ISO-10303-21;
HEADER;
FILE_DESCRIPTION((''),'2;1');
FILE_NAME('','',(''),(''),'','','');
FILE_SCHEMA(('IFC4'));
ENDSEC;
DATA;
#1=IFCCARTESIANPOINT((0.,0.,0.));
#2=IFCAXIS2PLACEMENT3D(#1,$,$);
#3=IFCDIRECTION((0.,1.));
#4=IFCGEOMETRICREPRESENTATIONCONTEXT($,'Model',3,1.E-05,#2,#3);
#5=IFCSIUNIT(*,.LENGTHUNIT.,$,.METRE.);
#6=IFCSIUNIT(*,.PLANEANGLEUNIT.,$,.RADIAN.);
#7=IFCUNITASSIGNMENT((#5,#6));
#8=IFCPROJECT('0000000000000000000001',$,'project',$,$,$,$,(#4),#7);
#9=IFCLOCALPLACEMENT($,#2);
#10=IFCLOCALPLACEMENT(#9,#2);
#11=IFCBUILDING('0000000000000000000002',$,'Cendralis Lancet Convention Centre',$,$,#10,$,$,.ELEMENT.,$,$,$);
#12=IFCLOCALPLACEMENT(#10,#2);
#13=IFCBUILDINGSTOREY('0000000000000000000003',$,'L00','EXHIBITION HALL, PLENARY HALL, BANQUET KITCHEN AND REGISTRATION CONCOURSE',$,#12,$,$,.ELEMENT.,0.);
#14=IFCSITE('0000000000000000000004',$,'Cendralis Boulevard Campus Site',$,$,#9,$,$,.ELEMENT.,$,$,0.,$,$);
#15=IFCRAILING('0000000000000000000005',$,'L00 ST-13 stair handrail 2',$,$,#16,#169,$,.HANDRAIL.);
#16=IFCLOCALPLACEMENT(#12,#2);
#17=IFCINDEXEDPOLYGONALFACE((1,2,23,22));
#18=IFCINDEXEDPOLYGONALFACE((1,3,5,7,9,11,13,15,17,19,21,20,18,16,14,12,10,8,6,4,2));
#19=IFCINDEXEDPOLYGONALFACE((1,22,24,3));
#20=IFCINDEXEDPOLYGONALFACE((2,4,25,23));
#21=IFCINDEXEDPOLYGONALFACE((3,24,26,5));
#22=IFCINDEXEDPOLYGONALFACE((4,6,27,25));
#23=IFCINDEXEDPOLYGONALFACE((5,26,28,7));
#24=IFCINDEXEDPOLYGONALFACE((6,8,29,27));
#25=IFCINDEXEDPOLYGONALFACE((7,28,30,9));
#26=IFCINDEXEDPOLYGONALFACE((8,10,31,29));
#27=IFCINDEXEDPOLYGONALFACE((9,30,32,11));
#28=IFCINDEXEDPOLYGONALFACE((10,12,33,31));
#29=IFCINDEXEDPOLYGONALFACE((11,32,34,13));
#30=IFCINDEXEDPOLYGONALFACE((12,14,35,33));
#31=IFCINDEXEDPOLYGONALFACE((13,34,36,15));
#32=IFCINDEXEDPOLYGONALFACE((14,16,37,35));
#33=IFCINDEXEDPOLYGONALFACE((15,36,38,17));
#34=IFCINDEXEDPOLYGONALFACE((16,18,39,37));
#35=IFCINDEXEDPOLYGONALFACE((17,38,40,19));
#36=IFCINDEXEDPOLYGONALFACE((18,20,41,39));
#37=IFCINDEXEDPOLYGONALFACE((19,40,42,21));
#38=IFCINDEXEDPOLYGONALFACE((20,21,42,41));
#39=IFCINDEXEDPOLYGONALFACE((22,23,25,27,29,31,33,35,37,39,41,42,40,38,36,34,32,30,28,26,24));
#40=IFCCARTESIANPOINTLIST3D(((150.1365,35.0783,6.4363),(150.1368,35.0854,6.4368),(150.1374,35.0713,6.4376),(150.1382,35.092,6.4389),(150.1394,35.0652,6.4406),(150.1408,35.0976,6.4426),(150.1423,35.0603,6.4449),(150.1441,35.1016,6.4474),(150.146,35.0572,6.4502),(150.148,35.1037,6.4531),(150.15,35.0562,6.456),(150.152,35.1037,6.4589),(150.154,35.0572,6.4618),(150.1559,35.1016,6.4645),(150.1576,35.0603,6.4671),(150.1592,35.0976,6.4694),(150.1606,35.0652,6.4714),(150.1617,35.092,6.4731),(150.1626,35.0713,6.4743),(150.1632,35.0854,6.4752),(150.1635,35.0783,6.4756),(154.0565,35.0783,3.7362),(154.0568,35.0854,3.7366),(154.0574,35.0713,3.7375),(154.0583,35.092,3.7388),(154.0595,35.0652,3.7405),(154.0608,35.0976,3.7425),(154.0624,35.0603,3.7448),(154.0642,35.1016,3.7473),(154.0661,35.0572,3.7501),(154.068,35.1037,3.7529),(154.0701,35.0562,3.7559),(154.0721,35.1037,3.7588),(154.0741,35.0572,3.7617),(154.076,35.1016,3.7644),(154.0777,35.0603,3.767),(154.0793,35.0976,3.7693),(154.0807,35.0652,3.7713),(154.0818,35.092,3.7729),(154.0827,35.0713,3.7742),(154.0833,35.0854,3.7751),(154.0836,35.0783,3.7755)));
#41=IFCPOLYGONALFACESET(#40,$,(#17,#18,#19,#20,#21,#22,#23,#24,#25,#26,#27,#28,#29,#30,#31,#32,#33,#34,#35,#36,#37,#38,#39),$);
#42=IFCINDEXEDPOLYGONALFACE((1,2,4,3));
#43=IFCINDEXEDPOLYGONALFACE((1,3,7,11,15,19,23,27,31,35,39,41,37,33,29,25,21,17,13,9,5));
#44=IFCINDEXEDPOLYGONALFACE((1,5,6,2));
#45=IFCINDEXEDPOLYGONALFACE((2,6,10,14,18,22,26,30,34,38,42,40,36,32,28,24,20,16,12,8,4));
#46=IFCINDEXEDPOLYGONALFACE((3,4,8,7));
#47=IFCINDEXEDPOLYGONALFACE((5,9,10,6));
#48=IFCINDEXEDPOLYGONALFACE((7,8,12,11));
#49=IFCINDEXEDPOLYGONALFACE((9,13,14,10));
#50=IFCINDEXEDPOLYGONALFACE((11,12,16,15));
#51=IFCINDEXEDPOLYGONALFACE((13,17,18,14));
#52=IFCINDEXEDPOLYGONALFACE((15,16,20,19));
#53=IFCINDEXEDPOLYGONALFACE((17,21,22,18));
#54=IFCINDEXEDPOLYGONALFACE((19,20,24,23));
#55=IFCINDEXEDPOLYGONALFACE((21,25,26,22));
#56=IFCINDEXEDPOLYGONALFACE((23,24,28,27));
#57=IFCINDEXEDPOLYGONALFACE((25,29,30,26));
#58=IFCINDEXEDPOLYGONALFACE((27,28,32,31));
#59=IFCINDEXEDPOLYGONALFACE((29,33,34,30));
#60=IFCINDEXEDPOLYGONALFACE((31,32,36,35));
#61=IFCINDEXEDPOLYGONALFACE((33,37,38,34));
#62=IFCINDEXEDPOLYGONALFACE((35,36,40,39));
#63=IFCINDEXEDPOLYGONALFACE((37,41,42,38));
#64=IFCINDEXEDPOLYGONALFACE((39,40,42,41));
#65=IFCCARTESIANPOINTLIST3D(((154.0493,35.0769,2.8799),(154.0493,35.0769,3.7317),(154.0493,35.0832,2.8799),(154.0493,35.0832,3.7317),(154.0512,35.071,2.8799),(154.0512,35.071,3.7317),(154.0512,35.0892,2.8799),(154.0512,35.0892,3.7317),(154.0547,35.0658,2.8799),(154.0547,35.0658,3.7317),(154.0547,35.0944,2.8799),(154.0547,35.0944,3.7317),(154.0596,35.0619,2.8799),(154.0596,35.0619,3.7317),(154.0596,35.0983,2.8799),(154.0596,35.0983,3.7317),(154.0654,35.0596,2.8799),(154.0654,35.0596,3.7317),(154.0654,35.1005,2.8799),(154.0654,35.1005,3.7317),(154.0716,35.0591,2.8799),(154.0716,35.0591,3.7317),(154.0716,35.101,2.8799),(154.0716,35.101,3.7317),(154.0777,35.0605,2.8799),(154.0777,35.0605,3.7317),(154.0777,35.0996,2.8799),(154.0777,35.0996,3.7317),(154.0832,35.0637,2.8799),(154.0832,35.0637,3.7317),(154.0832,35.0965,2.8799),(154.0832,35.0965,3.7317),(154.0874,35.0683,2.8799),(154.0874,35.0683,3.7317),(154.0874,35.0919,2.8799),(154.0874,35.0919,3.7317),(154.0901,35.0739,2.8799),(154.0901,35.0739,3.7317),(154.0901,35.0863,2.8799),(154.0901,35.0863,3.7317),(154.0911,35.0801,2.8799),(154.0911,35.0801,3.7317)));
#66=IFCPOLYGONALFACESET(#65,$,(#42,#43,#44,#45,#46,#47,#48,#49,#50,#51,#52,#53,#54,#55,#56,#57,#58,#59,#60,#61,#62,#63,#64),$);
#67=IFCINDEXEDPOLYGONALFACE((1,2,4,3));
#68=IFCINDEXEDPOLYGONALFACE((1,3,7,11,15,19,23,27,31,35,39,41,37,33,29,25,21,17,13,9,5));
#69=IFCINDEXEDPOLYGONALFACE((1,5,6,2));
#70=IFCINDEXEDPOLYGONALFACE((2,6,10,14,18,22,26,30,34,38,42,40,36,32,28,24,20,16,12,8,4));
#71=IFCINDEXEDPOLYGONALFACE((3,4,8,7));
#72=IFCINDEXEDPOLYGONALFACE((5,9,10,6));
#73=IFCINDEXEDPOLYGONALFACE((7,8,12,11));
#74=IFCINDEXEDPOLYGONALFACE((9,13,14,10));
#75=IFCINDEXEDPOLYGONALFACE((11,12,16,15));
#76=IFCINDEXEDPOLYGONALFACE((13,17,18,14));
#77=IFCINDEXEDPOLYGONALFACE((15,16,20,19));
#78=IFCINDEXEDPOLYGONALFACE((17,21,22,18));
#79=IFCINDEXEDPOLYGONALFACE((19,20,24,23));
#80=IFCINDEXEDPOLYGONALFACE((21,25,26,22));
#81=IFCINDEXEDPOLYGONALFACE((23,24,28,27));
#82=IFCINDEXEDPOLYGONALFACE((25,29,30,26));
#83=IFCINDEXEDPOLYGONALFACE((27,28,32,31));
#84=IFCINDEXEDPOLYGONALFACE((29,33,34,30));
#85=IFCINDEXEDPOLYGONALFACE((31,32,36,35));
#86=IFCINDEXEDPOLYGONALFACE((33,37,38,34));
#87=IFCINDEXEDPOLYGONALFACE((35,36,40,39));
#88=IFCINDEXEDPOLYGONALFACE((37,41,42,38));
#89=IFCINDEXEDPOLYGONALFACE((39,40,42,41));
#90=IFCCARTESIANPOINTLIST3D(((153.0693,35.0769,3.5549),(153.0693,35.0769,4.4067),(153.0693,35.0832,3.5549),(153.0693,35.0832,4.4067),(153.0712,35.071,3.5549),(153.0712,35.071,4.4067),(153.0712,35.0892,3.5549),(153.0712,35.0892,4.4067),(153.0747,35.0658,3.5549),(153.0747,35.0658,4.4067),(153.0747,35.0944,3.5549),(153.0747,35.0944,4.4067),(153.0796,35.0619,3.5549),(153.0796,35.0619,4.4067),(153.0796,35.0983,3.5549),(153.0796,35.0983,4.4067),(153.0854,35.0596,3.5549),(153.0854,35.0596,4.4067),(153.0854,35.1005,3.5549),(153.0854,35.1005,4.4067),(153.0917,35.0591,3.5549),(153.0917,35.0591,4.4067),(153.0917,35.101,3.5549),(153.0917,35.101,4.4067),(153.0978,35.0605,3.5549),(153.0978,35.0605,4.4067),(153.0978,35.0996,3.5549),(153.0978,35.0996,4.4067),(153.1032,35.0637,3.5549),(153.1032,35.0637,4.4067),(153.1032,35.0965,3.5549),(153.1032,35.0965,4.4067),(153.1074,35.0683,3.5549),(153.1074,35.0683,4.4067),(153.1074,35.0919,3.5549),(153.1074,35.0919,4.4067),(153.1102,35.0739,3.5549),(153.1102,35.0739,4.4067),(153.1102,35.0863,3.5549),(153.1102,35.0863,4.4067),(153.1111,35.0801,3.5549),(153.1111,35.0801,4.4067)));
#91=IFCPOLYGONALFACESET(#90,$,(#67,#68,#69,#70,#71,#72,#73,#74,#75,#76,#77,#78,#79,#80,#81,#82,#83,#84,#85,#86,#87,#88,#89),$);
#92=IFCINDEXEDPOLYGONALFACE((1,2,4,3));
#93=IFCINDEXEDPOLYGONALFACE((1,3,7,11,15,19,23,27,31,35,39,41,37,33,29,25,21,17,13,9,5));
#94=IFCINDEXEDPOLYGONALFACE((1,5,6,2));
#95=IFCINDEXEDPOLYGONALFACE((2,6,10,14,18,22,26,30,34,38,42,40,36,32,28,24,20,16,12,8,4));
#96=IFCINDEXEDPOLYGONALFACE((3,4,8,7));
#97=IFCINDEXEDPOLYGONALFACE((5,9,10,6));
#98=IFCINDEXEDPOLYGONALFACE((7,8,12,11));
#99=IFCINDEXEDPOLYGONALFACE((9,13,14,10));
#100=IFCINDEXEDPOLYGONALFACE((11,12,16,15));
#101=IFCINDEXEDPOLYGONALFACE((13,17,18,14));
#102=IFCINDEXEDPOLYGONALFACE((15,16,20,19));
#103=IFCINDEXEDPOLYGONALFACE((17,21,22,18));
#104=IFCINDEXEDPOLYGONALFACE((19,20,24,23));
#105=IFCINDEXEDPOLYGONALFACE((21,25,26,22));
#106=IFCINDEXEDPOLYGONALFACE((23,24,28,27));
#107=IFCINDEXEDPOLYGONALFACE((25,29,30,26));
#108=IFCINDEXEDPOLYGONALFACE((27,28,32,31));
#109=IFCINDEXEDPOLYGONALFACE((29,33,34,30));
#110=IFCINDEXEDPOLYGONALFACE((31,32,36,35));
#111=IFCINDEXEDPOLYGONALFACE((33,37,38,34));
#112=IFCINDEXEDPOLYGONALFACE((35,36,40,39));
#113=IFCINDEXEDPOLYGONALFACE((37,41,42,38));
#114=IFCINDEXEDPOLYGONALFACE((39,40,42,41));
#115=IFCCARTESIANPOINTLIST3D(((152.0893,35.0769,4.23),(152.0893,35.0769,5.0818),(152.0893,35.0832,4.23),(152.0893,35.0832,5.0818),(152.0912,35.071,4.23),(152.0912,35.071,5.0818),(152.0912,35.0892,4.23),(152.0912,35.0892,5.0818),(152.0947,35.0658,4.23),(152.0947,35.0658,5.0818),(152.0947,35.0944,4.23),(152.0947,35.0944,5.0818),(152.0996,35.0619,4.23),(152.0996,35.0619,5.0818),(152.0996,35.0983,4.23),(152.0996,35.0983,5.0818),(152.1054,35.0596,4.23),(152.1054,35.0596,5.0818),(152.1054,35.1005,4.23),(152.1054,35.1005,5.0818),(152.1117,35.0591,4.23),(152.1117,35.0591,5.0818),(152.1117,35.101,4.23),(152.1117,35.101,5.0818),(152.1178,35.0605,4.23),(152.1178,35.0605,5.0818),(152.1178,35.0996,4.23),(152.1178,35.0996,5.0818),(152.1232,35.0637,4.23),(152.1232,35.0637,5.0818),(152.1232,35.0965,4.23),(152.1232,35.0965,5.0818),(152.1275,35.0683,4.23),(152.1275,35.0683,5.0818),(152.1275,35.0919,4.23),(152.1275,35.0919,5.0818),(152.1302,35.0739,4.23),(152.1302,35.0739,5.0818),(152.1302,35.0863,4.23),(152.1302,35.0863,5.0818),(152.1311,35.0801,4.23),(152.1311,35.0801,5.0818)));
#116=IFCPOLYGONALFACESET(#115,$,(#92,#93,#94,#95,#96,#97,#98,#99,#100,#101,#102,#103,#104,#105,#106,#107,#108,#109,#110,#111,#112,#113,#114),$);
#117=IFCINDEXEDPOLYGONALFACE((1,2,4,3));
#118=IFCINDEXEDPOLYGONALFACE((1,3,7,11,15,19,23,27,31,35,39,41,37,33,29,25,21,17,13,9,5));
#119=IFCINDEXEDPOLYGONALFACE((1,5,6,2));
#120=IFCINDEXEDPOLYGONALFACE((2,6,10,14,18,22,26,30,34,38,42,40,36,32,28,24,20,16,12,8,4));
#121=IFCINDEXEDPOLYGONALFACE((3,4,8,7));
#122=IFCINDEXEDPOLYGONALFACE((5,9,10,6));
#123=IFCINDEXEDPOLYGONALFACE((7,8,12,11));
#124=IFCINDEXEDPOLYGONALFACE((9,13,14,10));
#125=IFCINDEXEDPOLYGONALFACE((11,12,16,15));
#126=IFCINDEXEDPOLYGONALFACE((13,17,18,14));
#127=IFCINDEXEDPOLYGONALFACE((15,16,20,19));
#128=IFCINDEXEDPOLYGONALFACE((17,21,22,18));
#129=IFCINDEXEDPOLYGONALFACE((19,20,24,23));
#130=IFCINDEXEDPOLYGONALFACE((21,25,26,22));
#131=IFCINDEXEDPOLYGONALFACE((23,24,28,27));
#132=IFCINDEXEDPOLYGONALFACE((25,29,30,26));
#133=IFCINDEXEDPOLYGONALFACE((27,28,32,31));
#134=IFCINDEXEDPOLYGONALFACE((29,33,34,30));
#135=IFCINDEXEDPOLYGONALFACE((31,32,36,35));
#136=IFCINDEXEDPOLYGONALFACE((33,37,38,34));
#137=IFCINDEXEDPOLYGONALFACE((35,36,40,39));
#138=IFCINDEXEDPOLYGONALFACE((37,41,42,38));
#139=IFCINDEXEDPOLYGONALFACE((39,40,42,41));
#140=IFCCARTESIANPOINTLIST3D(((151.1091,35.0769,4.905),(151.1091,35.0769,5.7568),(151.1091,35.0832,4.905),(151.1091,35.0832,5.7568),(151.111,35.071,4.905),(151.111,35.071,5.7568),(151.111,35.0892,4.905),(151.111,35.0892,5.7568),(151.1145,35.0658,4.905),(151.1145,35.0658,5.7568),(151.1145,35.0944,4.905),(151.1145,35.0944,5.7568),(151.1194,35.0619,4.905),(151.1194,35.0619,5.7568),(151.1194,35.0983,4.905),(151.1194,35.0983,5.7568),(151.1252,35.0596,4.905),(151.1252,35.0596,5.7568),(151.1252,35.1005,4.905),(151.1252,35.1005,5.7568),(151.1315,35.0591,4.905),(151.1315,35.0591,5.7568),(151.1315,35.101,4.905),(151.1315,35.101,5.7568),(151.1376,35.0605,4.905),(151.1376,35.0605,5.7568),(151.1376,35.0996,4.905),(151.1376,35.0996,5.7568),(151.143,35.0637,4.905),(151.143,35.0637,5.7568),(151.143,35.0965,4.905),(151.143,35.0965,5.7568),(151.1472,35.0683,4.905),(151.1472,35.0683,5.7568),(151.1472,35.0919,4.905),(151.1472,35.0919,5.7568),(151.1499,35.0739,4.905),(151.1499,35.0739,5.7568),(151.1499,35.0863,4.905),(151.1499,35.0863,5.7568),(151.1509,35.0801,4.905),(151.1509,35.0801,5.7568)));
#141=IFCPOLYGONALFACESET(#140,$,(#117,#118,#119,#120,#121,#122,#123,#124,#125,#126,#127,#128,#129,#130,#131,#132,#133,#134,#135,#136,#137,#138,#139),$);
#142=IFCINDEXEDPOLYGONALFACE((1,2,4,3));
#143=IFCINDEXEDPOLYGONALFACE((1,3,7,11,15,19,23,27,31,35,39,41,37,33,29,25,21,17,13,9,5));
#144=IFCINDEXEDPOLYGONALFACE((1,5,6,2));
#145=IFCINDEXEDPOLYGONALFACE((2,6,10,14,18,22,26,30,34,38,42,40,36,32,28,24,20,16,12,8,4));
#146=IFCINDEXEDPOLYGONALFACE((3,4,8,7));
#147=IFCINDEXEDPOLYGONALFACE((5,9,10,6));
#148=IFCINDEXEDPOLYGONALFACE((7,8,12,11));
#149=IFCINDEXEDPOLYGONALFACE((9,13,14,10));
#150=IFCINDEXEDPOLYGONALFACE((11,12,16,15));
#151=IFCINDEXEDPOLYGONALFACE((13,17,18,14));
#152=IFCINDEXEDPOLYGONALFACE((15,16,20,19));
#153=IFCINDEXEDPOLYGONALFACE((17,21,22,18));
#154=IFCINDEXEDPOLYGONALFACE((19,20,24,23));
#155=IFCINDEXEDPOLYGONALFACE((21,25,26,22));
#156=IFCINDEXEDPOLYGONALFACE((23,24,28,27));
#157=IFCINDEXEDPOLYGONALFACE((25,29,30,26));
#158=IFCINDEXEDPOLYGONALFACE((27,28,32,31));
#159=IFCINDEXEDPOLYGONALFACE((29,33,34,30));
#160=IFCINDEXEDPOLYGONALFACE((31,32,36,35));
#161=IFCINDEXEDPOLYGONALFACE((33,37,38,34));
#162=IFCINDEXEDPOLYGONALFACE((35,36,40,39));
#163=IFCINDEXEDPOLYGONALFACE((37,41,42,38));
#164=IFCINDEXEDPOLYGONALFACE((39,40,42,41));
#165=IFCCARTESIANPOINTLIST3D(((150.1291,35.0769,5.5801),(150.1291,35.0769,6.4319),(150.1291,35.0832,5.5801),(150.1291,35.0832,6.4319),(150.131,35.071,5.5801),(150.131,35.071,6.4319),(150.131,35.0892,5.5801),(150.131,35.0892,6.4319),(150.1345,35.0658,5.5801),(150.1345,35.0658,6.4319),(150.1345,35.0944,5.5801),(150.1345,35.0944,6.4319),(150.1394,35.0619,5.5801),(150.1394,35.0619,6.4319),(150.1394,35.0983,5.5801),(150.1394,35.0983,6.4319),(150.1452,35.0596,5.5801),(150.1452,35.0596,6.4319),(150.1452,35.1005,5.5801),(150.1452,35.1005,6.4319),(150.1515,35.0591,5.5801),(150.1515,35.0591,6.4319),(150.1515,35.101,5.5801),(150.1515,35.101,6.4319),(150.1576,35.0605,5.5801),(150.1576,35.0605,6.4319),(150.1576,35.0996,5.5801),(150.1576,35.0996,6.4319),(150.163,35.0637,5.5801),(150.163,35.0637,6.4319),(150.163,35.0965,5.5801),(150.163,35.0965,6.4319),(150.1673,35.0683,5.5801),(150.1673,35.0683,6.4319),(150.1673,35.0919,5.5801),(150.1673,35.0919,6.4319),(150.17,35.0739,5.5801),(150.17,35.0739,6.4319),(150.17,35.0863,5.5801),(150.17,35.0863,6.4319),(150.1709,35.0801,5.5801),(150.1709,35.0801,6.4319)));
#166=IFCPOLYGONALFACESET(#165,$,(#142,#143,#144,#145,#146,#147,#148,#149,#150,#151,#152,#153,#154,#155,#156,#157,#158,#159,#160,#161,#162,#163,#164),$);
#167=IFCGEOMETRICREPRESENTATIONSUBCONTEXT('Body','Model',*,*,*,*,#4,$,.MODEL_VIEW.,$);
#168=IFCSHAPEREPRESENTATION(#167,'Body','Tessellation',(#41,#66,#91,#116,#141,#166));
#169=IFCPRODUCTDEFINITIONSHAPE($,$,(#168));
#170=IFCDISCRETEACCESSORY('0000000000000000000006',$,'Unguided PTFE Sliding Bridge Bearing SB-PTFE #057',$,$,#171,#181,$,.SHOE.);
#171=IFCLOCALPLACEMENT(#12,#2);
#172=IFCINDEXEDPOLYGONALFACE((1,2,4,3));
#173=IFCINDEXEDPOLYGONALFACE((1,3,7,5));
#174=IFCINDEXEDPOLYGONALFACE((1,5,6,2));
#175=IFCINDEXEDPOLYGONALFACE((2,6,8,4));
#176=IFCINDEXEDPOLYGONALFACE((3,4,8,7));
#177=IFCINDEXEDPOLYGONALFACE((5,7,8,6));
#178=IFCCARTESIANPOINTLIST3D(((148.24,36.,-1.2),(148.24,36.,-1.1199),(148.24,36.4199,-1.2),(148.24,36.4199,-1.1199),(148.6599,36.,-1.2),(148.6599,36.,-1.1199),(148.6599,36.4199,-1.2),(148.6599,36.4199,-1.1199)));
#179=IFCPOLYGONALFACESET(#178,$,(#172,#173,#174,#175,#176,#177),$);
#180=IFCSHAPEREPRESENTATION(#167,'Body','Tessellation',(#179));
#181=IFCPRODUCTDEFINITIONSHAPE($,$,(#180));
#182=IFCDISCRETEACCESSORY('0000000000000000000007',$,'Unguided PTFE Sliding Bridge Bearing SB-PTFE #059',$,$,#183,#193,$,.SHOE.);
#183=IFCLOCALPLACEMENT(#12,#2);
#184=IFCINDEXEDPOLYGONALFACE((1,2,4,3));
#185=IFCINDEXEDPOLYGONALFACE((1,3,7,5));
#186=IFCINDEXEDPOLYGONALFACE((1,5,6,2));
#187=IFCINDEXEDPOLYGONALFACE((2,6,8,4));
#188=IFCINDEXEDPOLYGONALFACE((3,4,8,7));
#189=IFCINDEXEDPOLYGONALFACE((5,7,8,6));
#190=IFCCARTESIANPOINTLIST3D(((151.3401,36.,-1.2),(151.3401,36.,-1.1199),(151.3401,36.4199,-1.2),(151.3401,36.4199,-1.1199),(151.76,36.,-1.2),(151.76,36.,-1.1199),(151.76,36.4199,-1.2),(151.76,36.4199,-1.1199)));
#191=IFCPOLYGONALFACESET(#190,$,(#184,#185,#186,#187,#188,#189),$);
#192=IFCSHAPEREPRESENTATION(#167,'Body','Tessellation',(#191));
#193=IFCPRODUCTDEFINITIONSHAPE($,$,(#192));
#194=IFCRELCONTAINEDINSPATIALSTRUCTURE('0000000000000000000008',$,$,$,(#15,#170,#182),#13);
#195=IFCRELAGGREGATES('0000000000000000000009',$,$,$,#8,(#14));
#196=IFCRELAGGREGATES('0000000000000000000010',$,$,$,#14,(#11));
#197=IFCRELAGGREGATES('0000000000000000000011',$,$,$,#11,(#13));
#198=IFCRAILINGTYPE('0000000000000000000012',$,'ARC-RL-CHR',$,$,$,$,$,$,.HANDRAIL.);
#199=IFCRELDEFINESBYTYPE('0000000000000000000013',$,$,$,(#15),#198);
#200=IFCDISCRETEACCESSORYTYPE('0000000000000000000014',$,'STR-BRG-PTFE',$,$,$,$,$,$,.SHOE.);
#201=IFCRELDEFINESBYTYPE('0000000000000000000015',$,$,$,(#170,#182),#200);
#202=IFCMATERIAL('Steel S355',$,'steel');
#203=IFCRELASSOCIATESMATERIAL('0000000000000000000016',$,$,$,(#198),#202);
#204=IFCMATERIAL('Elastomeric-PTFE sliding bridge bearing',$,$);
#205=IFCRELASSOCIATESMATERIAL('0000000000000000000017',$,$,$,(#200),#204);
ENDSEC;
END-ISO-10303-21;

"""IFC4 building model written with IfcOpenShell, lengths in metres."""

from ifc_helpers import new_model, si_unit, direction, frame, origin, origin_2d, place, context, subcontext, project, spatial, rectangle, circle, extrude, material, type_object, element, save


model = new_model("IFC4")

# Units and contexts
model_context = context("Model", 3, precision=1e-05, world=origin(), true_north=direction((0.0, 1.0)))
body_context = subcontext(model_context, "Body", "Model", "MODEL_VIEW")
ifc_project = project(units=[si_unit("LENGTHUNIT", "METRE"), si_unit("PLANEANGLEUNIT", "RADIAN")], contexts=[model_context])

# Site, building, storey
site_placement = place(None, origin())
site = spatial("IfcSite", under=ifc_project, at=site_placement, Name="Cendralis Boulevard Campus Site", CompositionType="ELEMENT", RefElevation=0.0)
building_placement = place(site_placement, origin())
building = spatial("IfcBuilding", under=site, at=building_placement, Name="Cendralis Lancet Convention Centre", CompositionType="ELEMENT")
storey_placement = place(building_placement, origin())
storey = spatial("IfcBuildingStorey", under=building, at=storey_placement, Name="L00", Description="EXHIBITION HALL, PLENARY HALL, BANQUET KITCHEN AND REGISTRATION CONCOURSE", CompositionType="ELEMENT", Elevation=0.0)

# Shared definitions
ifc_material_1 = material(Name="Steel S355", Category="steel")

# Railing
railing_type = type_object("IfcRailingType", Name="ARC-RL-CHR", PredefinedType="HANDRAIL", material=ifc_material_1)
railing_placement = place(storey_placement, frame((154.0701, 35.0801, 2.8799)))
element("IfcRailing", 1, at=railing_placement, inside=storey, type_object=railing_type, Name="L00 ST-13 stair handrail 2", PredefinedType="HANDRAIL", context=body_context, shape_type="SweptSolid", body=[
    extrude(circle(Radius=0.0239, at=origin_2d()), frame((0.0, 0.0, 0.876), z_axis=(-0.823543, 0.0, 0.567253), x_axis=(0.0, -1.0, 0.0)), (0.0, 0.0, 1.0), 4.76),
    extrude(circle(Radius=0.021, at=origin_2d()), origin(), (0.0, 0.0, 1.0), 0.8518),
    extrude(circle(Radius=0.021, at=origin_2d()), frame((-0.98, 0.0, 0.675)), (0.0, 0.0, 1.0), 0.8518),
    extrude(circle(Radius=0.021, at=origin_2d()), frame((-1.96, 0.0, 1.3501)), (0.0, 0.0, 1.0), 0.8518),
    extrude(circle(Radius=0.021, at=origin_2d()), frame((-2.9402, 0.0, 2.0251)), (0.0, 0.0, 1.0), 0.8518),
    extrude(circle(Radius=0.021, at=origin_2d()), frame((-3.9202, 0.0, 2.7002)), (0.0, 0.0, 1.0), 0.8518),
])

# Discrete accessories
ifc_material_2 = material(Name="Elastomeric-PTFE sliding bridge bearing")
discrete_accessory_type = type_object("IfcDiscreteAccessoryType", Name="STR-BRG-PTFE", PredefinedType="SHOE", material=ifc_material_2)
for number, where, z_axis, x_axis, name in (
    (2, (148.45, 36.21, -1.2), (0.0, 0.0, 1.0), (1.0, 0.0, 0.0), "Unguided PTFE Sliding Bridge Bearing SB-PTFE #057"),
    (3, (151.55, 36.21, -1.2), (0.0, 0.0, 1.0), (1.0, 0.0, 0.0), "Unguided PTFE Sliding Bridge Bearing SB-PTFE #059"),
):
    element("IfcDiscreteAccessory", number, at=place(storey_placement, frame(where, z_axis=z_axis, x_axis=x_axis)), inside=storey, type_object=discrete_accessory_type, Name=name, PredefinedType="SHOE", context=body_context, shape_type="SweptSolid", body=[
        extrude(rectangle(XDim=0.4199, YDim=0.4199, at=origin_2d()), origin(), (0.0, 0.0, 1.0), 0.0801),
    ])

save(model, "model.ifc")
